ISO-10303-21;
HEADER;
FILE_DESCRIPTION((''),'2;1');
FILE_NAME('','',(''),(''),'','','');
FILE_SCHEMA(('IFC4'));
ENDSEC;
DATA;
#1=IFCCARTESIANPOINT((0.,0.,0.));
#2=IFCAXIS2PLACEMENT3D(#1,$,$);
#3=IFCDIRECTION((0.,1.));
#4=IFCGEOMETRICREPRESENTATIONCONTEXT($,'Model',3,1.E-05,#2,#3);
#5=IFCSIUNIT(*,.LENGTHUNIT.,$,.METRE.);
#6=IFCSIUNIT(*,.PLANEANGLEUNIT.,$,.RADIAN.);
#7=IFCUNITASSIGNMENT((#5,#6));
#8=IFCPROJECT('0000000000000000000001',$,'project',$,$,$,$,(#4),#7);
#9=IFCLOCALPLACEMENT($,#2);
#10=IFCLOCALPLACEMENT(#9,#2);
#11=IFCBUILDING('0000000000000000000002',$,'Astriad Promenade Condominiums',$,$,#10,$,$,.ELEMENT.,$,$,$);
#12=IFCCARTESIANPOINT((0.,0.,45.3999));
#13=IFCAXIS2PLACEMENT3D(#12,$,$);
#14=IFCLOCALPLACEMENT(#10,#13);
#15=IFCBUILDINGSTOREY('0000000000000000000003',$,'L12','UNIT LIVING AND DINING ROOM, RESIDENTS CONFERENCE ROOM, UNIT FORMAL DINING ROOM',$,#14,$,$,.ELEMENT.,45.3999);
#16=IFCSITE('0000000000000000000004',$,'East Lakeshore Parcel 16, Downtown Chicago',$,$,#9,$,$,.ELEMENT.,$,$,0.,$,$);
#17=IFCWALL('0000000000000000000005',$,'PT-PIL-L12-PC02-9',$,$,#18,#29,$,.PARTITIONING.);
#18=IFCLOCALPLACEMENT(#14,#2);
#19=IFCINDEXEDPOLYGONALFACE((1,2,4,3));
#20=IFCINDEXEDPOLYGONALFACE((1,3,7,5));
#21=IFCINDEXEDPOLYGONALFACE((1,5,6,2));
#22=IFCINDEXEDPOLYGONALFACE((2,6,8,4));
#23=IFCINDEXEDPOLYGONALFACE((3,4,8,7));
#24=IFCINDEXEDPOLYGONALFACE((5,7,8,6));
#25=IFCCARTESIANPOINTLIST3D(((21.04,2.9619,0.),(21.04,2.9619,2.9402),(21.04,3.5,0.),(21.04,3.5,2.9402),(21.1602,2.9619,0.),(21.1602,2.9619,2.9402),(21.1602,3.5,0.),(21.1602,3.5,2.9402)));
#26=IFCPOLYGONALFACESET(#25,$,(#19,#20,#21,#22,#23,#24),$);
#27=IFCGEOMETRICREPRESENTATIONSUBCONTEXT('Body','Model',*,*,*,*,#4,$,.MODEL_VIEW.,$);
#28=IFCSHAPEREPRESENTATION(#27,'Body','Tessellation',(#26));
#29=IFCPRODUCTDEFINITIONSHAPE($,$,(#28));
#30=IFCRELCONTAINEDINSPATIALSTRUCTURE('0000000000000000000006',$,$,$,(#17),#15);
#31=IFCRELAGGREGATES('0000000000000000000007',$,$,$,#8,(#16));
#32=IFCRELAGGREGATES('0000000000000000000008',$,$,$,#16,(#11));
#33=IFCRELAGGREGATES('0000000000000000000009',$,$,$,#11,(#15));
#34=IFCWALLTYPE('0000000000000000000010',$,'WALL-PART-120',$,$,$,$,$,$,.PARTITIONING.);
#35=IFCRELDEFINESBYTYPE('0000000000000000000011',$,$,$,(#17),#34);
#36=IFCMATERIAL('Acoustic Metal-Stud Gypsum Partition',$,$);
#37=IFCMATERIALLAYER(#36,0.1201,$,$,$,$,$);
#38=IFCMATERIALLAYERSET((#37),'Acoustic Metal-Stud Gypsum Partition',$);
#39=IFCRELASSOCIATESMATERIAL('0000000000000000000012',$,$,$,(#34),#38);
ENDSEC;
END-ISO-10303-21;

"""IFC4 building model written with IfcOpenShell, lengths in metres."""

from ifc_helpers import new_model, si_unit, direction, frame, frame_2d, origin, place, context, subcontext, project, spatial, rectangle, extrude, material, layer, layer_set, type_object, element, save


model = new_model("IFC4")

# Units and contexts
model_context = context("Model", 3, precision=1e-05, world=origin(), true_north=direction((0.0, 1.0)))
body_context = subcontext(model_context, "Body", "Model", "MODEL_VIEW")
ifc_project = project(units=[si_unit("LENGTHUNIT", "METRE"), si_unit("PLANEANGLEUNIT", "RADIAN")], contexts=[model_context])

# Site, building, storey
site_placement = place(None, origin())
site = spatial("IfcSite", under=ifc_project, at=site_placement, Name="East Lakeshore Parcel 16, Downtown Chicago", CompositionType="ELEMENT", RefElevation=0.0)
building_placement = place(site_placement, origin())
building = spatial("IfcBuilding", under=site, at=building_placement, Name="Astriad Promenade Condominiums", CompositionType="ELEMENT")
storey_placement = place(building_placement, frame((0.0, 0.0, 45.3999)))
storey = spatial("IfcBuildingStorey", under=building, at=storey_placement, Name="L12", Description="UNIT LIVING AND DINING ROOM, RESIDENTS CONFERENCE ROOM, UNIT FORMAL DINING ROOM", CompositionType="ELEMENT", Elevation=45.3999)

# Shared definitions
ifc_material_1 = material(Name="Acoustic Metal-Stud Gypsum Partition")
ifc_layer_1 = layer(ifc_material_1, 0.1201)
ifc_layer_set_1 = layer_set([ifc_layer_1], Name="Acoustic Metal-Stud Gypsum Partition")
wall_type_1 = type_object("IfcWallType", Name="WALL-PART-120", PredefinedType="PARTITIONING", material=ifc_layer_set_1)

# Wall
wall_1_placement = place(storey_placement, frame((21.1001, 3.5, 0.0), z_axis=(0.0, 0.0, 1.0), x_axis=(0.0, -1.0, 0.0)))
element("IfcWall", 1, at=wall_1_placement, inside=storey, type_object=wall_type_1, Name="PT-PIL-L12-PC02-9", PredefinedType="PARTITIONING", context=body_context, shape_type="SweptSolid", body=[
    extrude(rectangle(XDim=0.5381, YDim=0.1201, at=frame_2d((0.269, 0.0))), origin(), (0.0, 0.0, 1.0), 2.9402),
])

save(model, "model.ifc")
